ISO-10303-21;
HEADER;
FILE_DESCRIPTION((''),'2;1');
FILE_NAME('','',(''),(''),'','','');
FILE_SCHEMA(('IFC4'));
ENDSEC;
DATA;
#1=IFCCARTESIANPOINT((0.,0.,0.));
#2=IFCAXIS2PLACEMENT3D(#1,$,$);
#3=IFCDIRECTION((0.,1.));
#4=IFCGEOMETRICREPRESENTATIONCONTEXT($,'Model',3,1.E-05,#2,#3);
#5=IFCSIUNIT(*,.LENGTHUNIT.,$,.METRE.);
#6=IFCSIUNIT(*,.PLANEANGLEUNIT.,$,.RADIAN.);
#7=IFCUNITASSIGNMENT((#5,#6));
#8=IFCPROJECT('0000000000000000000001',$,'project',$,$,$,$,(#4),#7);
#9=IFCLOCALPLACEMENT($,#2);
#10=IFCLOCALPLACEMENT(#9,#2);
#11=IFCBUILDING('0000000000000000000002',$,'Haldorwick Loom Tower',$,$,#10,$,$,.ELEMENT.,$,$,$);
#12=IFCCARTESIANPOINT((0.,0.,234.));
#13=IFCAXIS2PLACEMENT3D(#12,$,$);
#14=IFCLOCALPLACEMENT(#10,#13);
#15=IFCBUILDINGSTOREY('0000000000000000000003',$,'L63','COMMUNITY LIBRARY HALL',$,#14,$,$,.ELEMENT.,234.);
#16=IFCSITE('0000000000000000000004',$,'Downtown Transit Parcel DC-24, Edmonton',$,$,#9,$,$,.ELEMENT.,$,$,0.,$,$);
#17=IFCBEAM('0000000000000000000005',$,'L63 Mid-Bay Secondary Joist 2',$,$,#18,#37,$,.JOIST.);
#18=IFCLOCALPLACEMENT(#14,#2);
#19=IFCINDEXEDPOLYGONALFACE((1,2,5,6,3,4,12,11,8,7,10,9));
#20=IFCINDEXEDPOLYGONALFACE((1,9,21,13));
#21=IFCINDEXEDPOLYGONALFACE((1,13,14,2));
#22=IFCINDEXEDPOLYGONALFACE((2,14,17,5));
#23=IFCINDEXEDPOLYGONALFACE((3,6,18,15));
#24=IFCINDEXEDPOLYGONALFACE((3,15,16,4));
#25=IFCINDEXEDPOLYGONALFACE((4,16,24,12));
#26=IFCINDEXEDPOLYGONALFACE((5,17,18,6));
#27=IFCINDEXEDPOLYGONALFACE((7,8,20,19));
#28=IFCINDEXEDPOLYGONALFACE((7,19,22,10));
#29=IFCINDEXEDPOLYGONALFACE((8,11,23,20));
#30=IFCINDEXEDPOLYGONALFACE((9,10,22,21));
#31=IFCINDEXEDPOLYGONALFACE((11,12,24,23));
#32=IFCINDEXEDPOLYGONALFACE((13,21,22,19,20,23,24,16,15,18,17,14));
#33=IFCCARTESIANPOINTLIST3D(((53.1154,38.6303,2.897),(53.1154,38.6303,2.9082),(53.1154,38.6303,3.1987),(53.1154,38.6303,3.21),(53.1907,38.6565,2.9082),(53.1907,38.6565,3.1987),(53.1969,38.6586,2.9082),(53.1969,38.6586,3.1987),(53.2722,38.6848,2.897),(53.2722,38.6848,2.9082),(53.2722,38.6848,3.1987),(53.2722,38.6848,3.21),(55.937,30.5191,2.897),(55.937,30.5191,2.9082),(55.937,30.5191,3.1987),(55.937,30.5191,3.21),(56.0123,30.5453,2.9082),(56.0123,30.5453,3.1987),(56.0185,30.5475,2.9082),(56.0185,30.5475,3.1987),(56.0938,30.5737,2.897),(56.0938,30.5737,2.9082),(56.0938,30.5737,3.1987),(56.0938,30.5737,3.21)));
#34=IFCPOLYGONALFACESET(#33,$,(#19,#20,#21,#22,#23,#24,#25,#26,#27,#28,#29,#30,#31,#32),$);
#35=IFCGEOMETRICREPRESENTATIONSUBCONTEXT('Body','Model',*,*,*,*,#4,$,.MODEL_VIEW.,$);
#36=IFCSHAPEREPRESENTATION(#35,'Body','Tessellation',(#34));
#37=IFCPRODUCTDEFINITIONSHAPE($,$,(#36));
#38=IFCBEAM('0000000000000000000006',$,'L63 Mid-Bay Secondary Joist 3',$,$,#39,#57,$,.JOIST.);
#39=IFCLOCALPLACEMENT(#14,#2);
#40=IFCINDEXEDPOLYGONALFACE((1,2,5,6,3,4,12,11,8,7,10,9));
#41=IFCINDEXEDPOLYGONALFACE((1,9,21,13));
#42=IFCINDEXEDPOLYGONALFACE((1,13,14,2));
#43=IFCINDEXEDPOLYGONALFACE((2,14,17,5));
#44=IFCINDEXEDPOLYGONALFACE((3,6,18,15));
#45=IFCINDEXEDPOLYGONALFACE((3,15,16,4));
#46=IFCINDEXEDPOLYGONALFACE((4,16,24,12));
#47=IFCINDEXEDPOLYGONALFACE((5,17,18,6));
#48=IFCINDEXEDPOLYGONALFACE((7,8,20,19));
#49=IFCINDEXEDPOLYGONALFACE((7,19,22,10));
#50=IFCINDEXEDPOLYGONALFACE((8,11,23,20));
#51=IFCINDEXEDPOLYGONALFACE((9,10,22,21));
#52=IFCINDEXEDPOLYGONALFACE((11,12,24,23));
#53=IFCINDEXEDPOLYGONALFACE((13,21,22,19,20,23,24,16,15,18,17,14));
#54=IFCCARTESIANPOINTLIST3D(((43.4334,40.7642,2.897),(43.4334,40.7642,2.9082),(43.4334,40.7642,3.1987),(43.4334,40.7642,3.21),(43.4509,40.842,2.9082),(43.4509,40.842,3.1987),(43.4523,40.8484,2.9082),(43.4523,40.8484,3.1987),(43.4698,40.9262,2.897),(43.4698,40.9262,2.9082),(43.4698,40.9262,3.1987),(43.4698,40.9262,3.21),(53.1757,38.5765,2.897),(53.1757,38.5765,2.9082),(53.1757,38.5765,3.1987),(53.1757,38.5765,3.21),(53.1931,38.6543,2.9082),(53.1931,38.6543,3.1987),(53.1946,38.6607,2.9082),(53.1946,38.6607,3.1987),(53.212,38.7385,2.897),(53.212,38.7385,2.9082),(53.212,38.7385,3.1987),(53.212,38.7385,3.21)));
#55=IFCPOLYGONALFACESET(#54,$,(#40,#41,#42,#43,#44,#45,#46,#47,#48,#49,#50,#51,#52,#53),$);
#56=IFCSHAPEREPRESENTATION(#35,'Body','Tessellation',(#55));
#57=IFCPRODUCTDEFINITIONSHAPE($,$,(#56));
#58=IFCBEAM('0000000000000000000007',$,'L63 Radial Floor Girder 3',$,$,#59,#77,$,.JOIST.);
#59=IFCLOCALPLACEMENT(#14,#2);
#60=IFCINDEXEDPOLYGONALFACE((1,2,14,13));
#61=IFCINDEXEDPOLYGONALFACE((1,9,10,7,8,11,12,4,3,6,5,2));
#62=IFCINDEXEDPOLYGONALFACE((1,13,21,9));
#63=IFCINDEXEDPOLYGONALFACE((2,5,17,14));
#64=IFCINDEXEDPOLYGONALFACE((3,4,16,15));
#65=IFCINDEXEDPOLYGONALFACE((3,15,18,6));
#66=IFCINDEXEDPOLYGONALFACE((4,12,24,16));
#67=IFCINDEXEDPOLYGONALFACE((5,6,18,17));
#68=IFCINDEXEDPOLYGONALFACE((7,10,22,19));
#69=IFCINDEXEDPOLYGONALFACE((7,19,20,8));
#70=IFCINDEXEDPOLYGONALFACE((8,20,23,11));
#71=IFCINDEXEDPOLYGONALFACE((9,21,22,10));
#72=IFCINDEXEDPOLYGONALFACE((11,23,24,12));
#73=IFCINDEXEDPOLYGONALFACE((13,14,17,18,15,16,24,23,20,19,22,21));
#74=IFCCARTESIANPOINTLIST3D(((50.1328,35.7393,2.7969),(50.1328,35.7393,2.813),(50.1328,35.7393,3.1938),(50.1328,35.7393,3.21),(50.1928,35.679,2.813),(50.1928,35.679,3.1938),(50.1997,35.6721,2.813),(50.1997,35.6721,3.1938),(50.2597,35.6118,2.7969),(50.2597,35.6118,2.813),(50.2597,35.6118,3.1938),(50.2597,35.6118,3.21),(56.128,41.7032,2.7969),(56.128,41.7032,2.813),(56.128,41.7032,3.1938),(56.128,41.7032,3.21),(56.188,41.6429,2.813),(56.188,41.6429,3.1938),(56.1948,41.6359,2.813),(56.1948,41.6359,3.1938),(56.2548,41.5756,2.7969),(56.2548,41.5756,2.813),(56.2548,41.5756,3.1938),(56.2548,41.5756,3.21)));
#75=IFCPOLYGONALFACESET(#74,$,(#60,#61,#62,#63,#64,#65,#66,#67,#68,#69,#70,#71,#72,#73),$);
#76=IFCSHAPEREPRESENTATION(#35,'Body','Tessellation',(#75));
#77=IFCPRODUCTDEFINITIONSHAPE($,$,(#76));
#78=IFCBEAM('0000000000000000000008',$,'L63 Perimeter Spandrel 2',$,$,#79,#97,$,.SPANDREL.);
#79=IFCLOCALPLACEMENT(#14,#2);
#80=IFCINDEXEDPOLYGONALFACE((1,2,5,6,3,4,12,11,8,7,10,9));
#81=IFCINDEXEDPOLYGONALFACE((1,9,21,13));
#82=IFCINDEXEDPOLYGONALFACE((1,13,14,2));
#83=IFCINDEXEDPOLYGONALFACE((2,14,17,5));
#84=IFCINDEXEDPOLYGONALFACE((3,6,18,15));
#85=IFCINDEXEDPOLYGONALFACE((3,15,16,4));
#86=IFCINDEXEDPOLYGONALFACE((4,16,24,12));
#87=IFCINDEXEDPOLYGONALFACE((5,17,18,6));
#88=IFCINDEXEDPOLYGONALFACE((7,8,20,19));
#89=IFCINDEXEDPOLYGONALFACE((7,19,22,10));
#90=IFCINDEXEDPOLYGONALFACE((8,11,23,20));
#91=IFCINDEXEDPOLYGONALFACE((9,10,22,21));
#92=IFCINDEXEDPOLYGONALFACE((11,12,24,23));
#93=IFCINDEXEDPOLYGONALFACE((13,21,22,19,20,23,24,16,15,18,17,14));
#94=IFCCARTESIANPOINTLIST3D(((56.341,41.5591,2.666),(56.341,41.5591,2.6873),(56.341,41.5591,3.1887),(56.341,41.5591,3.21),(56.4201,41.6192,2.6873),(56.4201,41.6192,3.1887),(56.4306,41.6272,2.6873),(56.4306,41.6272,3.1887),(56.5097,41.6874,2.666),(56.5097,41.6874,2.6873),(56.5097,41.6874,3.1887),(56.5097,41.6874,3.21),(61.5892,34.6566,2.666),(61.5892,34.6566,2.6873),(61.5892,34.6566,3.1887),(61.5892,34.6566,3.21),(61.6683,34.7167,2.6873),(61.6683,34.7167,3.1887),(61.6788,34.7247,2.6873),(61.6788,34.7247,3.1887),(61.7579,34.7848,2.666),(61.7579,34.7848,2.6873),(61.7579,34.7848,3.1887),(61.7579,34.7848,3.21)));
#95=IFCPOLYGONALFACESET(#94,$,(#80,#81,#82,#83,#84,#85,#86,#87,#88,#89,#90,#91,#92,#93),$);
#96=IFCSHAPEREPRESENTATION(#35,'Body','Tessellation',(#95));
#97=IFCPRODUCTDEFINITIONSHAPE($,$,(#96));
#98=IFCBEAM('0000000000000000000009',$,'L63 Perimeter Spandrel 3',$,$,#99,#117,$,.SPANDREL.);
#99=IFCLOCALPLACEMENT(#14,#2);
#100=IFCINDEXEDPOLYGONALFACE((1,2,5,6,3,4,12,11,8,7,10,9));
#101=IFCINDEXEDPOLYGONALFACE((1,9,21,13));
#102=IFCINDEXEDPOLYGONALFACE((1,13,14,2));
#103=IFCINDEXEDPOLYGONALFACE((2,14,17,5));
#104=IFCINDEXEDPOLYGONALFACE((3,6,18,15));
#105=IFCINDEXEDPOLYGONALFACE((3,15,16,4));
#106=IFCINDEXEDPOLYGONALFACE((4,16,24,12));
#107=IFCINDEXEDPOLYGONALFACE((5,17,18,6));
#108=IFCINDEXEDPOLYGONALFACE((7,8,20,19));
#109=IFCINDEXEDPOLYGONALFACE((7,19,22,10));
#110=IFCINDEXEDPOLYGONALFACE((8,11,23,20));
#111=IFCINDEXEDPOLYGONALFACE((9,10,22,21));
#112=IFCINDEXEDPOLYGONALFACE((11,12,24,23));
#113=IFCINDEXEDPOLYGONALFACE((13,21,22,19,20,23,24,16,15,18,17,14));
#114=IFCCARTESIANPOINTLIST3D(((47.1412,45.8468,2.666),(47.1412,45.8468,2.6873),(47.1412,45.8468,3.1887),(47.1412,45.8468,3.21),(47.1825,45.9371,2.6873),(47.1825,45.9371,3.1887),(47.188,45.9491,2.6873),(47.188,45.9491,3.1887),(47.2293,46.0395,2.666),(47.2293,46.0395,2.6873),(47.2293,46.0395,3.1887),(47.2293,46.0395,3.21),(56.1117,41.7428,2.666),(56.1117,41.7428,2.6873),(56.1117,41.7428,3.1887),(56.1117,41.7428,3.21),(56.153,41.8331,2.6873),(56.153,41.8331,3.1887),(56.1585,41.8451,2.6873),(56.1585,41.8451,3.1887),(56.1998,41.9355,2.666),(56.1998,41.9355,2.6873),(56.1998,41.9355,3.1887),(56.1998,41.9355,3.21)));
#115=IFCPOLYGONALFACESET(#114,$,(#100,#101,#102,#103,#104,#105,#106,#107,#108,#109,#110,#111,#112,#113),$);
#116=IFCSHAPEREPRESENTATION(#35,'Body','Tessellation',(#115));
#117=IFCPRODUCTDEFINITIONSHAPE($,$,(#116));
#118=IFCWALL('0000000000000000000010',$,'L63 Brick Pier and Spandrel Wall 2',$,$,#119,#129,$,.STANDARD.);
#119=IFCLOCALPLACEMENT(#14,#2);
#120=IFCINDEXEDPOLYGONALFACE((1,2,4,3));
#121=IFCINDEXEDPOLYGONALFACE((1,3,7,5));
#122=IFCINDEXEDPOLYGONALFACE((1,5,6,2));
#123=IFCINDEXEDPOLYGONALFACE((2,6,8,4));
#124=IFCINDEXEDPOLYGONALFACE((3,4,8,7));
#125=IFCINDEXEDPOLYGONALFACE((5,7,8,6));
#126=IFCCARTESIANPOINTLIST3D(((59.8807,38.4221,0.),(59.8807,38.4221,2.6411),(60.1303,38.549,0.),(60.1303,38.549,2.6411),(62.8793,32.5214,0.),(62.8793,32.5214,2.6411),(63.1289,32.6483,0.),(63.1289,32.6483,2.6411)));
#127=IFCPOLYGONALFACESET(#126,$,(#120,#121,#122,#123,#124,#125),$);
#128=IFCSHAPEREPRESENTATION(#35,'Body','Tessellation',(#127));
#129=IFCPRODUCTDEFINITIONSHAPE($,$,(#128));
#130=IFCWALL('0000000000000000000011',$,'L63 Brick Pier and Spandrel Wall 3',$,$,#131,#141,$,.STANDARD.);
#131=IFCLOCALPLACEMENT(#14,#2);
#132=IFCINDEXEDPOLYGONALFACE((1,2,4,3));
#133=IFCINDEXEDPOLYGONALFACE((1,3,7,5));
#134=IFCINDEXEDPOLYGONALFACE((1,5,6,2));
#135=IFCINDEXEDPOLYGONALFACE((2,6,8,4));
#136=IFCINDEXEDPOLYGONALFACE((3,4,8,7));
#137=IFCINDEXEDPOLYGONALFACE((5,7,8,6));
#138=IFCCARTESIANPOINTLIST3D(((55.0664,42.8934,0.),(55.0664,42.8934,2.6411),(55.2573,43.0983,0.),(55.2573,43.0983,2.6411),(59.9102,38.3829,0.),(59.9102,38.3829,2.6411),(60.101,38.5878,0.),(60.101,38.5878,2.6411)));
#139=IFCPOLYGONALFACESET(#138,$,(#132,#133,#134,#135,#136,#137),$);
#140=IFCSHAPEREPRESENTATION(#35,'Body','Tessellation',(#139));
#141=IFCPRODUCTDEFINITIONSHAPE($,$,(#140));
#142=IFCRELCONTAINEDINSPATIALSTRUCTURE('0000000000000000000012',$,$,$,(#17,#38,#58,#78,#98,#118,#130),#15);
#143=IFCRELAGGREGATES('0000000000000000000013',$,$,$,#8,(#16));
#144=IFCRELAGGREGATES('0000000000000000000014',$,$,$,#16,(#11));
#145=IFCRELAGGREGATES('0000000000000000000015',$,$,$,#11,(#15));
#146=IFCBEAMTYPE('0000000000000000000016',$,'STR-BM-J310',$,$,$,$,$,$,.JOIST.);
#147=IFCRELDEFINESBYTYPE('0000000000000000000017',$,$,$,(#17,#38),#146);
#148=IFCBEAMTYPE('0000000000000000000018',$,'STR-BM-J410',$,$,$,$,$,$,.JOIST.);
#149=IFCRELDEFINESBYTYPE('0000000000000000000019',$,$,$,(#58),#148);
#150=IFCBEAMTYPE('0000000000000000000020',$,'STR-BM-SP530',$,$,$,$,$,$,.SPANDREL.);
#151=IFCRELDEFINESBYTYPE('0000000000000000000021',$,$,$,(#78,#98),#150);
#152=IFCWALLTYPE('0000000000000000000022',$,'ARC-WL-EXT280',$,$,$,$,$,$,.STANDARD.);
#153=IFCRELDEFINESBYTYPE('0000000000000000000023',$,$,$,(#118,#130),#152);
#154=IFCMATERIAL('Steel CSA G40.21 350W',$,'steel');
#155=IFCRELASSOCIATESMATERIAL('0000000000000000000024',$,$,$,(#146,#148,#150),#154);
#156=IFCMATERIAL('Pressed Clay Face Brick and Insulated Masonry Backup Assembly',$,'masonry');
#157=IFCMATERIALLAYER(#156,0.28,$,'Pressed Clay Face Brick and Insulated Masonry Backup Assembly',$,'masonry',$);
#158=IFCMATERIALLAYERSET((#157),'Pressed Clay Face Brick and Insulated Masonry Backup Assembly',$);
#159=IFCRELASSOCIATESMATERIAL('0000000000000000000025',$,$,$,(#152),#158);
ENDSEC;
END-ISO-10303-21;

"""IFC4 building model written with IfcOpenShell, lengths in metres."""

from ifc_helpers import new_model, si_unit, direction, frame, frame_2d, origin, origin_2d, place, context, subcontext, project, spatial, rectangle, i_section, extrude, material, layer, layer_set, material_profile, profile_set, type_object, element, save


model = new_model("IFC4")

# Units and contexts
model_context = context("Model", 3, precision=1e-05, world=origin(), true_north=direction((0.0, 1.0)))
body_context = subcontext(model_context, "Body", "Model", "MODEL_VIEW")
ifc_project = project(units=[si_unit("LENGTHUNIT", "METRE"), si_unit("PLANEANGLEUNIT", "RADIAN")], contexts=[model_context])

# Site, building, storey
site_placement = place(None, origin())
site = spatial("IfcSite", under=ifc_project, at=site_placement, Name="Downtown Transit Parcel DC-24, Edmonton", CompositionType="ELEMENT", RefElevation=0.0)
building_placement = place(site_placement, origin())
building = spatial("IfcBuilding", under=site, at=building_placement, Name="Haldorwick Loom Tower", CompositionType="ELEMENT")
storey_placement = place(building_placement, frame((0.0, 0.0, 234.0)))
storey = spatial("IfcBuildingStorey", under=building, at=storey_placement, Name="L63", Description="COMMUNITY LIBRARY HALL", CompositionType="ELEMENT", Elevation=234.0)

# Shared definitions
ifc_material_1 = material(Name="Steel CSA G40.21 350W", Category="steel")

# Beams
ifc_material_profile_1 = material_profile(ifc_material_1, i_section(OverallWidth=0.166, OverallDepth=0.313, WebThickness=0.0066, FlangeThickness=0.0112, at=origin_2d()), Name="W310X45", Category="steel")
ifc_profile_set_1 = profile_set([ifc_material_profile_1], Name="Steel CSA G40.21 350W")
beam_type_1 = type_object("IfcBeamType", Name="STR-BM-J310", PredefinedType="JOIST", material=ifc_profile_set_1)
beam_1_placement = place(storey_placement, frame((56.0154, 30.5464, 3.0535), z_axis=(-0.32855, 0.944486, 0.0), x_axis=(-0.944486, -0.32855, 0.0)))
element("IfcBeam", 1, at=beam_1_placement, inside=storey, type_object=beam_type_1, Name="L63 Mid-Bay Secondary Joist 2", PredefinedType="JOIST", context=body_context, shape_type="SweptSolid", body=[
    extrude(i_section(OverallWidth=0.166, OverallDepth=0.313, WebThickness=0.0066, FlangeThickness=0.0112, at=origin_2d()), origin(), (0.0, 0.0, 1.0), 8.5879),
])
beam_2_placement = place(storey_placement, frame((53.1938, 38.6575, 3.0535), z_axis=(-0.975701, 0.219107, 0.0), x_axis=(-0.219107, -0.975701, 0.0)))
element("IfcBeam", 2, at=beam_2_placement, inside=storey, type_object=beam_type_1, Name="L63 Mid-Bay Secondary Joist 3", PredefinedType="JOIST", context=body_context, shape_type="SweptSolid", body=[
    extrude(i_section(OverallWidth=0.166, OverallDepth=0.313, WebThickness=0.0066, FlangeThickness=0.0112, at=origin_2d()), origin(), (0.0, 0.0, 1.0), 9.9849),
])
ifc_material_profile_2 = material_profile(ifc_material_1, i_section(OverallWidth=0.1799, OverallDepth=0.4131, WebThickness=0.0098, FlangeThickness=0.0161, at=origin_2d()), Name="W410X74", Category="steel")
ifc_profile_set_2 = profile_set([ifc_material_profile_2], Name="Steel CSA G40.21 350W")
beam_type_2 = type_object("IfcBeamType", Name="STR-BM-J410", PredefinedType="JOIST", material=ifc_profile_set_2)
beam_3_placement = place(storey_placement, frame((50.1963, 35.6755, 3.0034), z_axis=(0.708952, 0.705257, 0.0), x_axis=(-0.705257, 0.708952, 0.0)))
element("IfcBeam", 3, at=beam_3_placement, inside=storey, type_object=beam_type_2, Name="L63 Radial Floor Girder 3", PredefinedType="JOIST", context=body_context, shape_type="SweptSolid", body=[
    extrude(i_section(OverallWidth=0.1799, OverallDepth=0.4131, WebThickness=0.0098, FlangeThickness=0.0161, at=origin_2d()), origin(), (0.0, 0.0, 1.0), 8.4563),
])
ifc_material_profile_3 = material_profile(ifc_material_1, i_section(OverallWidth=0.2119, OverallDepth=0.5439, WebThickness=0.0132, FlangeThickness=0.0212, at=origin_2d()), Name="W530X123", Category="steel")
ifc_profile_set_3 = profile_set([ifc_material_profile_3], Name="Steel CSA G40.21 350W")
beam_type_3 = type_object("IfcBeamType", Name="STR-BM-SP530", PredefinedType="SPANDREL", material=ifc_profile_set_3)
beam_4_placement = place(storey_placement, frame((61.6736, 34.7207, 2.938), z_axis=(-0.605253, 0.796033, 0.0), x_axis=(-0.796033, -0.605253, 0.0)))
element("IfcBeam", 4, at=beam_4_placement, inside=storey, type_object=beam_type_3, Name="L63 Perimeter Spandrel 2", PredefinedType="SPANDREL", context=body_context, shape_type="SweptSolid", body=[
    extrude(i_section(OverallWidth=0.2119, OverallDepth=0.5439, WebThickness=0.0132, FlangeThickness=0.0212, at=origin_2d()), origin(), (0.0, 0.0, 1.0), 8.6711),
])
beam_5_placement = place(storey_placement, frame((56.1558, 41.8391, 2.938), z_axis=(-0.909351, 0.41603, 0.0), x_axis=(-0.41603, -0.909351, 0.0)))
element("IfcBeam", 5, at=beam_5_placement, inside=storey, type_object=beam_type_3, Name="L63 Perimeter Spandrel 3", PredefinedType="SPANDREL", context=body_context, shape_type="SweptSolid", body=[
    extrude(i_section(OverallWidth=0.2119, OverallDepth=0.5439, WebThickness=0.0132, FlangeThickness=0.0212, at=origin_2d()), origin(), (0.0, 0.0, 1.0), 9.8647),
])

# Walls
ifc_material_2 = material(Name="Pressed Clay Face Brick and Insulated Masonry Backup Assembly", Category="masonry")
ifc_layer_1 = layer(ifc_material_2, 0.28, Name="Pressed Clay Face Brick and Insulated Masonry Backup Assembly", Category="masonry")
ifc_layer_set_1 = layer_set([ifc_layer_1], Name="Pressed Clay Face Brick and Insulated Masonry Backup Assembly")
wall_type_1 = type_object("IfcWallType", Name="ARC-WL-EXT280", PredefinedType="STANDARD", material=ifc_layer_set_1)
wall_1_placement = place(storey_placement, frame((63.0042, 32.5847, 0.0), z_axis=(0.0, 0.0, 1.0), x_axis=(-0.453032, 0.891494, 0.0)))
element("IfcWall", 6, at=wall_1_placement, inside=storey, type_object=wall_type_1, Name="L63 Brick Pier and Spandrel Wall 2", PredefinedType="STANDARD", context=body_context, shape_type="SweptSolid", body=[
    extrude(rectangle(XDim=6.6189, YDim=0.28, at=frame_2d((3.3096, 0.0))), origin(), (0.0, 0.0, 1.0), 2.6411),
])
wall_2_placement = place(storey_placement, frame((60.0056, 38.4854, 0.0), z_axis=(0.0, 0.0, 1.0), x_axis=(-0.731834, 0.681483, 0.0)))
element("IfcWall", 7, at=wall_2_placement, inside=storey, type_object=wall_type_1, Name="L63 Brick Pier and Spandrel Wall 3", PredefinedType="STANDARD", context=body_context, shape_type="SweptSolid", body=[
    extrude(rectangle(XDim=6.6187, YDim=0.28, at=frame_2d((3.3093, 0.0))), origin(), (0.0, 0.0, 1.0), 2.6411),
])

save(model, "model.ifc")
